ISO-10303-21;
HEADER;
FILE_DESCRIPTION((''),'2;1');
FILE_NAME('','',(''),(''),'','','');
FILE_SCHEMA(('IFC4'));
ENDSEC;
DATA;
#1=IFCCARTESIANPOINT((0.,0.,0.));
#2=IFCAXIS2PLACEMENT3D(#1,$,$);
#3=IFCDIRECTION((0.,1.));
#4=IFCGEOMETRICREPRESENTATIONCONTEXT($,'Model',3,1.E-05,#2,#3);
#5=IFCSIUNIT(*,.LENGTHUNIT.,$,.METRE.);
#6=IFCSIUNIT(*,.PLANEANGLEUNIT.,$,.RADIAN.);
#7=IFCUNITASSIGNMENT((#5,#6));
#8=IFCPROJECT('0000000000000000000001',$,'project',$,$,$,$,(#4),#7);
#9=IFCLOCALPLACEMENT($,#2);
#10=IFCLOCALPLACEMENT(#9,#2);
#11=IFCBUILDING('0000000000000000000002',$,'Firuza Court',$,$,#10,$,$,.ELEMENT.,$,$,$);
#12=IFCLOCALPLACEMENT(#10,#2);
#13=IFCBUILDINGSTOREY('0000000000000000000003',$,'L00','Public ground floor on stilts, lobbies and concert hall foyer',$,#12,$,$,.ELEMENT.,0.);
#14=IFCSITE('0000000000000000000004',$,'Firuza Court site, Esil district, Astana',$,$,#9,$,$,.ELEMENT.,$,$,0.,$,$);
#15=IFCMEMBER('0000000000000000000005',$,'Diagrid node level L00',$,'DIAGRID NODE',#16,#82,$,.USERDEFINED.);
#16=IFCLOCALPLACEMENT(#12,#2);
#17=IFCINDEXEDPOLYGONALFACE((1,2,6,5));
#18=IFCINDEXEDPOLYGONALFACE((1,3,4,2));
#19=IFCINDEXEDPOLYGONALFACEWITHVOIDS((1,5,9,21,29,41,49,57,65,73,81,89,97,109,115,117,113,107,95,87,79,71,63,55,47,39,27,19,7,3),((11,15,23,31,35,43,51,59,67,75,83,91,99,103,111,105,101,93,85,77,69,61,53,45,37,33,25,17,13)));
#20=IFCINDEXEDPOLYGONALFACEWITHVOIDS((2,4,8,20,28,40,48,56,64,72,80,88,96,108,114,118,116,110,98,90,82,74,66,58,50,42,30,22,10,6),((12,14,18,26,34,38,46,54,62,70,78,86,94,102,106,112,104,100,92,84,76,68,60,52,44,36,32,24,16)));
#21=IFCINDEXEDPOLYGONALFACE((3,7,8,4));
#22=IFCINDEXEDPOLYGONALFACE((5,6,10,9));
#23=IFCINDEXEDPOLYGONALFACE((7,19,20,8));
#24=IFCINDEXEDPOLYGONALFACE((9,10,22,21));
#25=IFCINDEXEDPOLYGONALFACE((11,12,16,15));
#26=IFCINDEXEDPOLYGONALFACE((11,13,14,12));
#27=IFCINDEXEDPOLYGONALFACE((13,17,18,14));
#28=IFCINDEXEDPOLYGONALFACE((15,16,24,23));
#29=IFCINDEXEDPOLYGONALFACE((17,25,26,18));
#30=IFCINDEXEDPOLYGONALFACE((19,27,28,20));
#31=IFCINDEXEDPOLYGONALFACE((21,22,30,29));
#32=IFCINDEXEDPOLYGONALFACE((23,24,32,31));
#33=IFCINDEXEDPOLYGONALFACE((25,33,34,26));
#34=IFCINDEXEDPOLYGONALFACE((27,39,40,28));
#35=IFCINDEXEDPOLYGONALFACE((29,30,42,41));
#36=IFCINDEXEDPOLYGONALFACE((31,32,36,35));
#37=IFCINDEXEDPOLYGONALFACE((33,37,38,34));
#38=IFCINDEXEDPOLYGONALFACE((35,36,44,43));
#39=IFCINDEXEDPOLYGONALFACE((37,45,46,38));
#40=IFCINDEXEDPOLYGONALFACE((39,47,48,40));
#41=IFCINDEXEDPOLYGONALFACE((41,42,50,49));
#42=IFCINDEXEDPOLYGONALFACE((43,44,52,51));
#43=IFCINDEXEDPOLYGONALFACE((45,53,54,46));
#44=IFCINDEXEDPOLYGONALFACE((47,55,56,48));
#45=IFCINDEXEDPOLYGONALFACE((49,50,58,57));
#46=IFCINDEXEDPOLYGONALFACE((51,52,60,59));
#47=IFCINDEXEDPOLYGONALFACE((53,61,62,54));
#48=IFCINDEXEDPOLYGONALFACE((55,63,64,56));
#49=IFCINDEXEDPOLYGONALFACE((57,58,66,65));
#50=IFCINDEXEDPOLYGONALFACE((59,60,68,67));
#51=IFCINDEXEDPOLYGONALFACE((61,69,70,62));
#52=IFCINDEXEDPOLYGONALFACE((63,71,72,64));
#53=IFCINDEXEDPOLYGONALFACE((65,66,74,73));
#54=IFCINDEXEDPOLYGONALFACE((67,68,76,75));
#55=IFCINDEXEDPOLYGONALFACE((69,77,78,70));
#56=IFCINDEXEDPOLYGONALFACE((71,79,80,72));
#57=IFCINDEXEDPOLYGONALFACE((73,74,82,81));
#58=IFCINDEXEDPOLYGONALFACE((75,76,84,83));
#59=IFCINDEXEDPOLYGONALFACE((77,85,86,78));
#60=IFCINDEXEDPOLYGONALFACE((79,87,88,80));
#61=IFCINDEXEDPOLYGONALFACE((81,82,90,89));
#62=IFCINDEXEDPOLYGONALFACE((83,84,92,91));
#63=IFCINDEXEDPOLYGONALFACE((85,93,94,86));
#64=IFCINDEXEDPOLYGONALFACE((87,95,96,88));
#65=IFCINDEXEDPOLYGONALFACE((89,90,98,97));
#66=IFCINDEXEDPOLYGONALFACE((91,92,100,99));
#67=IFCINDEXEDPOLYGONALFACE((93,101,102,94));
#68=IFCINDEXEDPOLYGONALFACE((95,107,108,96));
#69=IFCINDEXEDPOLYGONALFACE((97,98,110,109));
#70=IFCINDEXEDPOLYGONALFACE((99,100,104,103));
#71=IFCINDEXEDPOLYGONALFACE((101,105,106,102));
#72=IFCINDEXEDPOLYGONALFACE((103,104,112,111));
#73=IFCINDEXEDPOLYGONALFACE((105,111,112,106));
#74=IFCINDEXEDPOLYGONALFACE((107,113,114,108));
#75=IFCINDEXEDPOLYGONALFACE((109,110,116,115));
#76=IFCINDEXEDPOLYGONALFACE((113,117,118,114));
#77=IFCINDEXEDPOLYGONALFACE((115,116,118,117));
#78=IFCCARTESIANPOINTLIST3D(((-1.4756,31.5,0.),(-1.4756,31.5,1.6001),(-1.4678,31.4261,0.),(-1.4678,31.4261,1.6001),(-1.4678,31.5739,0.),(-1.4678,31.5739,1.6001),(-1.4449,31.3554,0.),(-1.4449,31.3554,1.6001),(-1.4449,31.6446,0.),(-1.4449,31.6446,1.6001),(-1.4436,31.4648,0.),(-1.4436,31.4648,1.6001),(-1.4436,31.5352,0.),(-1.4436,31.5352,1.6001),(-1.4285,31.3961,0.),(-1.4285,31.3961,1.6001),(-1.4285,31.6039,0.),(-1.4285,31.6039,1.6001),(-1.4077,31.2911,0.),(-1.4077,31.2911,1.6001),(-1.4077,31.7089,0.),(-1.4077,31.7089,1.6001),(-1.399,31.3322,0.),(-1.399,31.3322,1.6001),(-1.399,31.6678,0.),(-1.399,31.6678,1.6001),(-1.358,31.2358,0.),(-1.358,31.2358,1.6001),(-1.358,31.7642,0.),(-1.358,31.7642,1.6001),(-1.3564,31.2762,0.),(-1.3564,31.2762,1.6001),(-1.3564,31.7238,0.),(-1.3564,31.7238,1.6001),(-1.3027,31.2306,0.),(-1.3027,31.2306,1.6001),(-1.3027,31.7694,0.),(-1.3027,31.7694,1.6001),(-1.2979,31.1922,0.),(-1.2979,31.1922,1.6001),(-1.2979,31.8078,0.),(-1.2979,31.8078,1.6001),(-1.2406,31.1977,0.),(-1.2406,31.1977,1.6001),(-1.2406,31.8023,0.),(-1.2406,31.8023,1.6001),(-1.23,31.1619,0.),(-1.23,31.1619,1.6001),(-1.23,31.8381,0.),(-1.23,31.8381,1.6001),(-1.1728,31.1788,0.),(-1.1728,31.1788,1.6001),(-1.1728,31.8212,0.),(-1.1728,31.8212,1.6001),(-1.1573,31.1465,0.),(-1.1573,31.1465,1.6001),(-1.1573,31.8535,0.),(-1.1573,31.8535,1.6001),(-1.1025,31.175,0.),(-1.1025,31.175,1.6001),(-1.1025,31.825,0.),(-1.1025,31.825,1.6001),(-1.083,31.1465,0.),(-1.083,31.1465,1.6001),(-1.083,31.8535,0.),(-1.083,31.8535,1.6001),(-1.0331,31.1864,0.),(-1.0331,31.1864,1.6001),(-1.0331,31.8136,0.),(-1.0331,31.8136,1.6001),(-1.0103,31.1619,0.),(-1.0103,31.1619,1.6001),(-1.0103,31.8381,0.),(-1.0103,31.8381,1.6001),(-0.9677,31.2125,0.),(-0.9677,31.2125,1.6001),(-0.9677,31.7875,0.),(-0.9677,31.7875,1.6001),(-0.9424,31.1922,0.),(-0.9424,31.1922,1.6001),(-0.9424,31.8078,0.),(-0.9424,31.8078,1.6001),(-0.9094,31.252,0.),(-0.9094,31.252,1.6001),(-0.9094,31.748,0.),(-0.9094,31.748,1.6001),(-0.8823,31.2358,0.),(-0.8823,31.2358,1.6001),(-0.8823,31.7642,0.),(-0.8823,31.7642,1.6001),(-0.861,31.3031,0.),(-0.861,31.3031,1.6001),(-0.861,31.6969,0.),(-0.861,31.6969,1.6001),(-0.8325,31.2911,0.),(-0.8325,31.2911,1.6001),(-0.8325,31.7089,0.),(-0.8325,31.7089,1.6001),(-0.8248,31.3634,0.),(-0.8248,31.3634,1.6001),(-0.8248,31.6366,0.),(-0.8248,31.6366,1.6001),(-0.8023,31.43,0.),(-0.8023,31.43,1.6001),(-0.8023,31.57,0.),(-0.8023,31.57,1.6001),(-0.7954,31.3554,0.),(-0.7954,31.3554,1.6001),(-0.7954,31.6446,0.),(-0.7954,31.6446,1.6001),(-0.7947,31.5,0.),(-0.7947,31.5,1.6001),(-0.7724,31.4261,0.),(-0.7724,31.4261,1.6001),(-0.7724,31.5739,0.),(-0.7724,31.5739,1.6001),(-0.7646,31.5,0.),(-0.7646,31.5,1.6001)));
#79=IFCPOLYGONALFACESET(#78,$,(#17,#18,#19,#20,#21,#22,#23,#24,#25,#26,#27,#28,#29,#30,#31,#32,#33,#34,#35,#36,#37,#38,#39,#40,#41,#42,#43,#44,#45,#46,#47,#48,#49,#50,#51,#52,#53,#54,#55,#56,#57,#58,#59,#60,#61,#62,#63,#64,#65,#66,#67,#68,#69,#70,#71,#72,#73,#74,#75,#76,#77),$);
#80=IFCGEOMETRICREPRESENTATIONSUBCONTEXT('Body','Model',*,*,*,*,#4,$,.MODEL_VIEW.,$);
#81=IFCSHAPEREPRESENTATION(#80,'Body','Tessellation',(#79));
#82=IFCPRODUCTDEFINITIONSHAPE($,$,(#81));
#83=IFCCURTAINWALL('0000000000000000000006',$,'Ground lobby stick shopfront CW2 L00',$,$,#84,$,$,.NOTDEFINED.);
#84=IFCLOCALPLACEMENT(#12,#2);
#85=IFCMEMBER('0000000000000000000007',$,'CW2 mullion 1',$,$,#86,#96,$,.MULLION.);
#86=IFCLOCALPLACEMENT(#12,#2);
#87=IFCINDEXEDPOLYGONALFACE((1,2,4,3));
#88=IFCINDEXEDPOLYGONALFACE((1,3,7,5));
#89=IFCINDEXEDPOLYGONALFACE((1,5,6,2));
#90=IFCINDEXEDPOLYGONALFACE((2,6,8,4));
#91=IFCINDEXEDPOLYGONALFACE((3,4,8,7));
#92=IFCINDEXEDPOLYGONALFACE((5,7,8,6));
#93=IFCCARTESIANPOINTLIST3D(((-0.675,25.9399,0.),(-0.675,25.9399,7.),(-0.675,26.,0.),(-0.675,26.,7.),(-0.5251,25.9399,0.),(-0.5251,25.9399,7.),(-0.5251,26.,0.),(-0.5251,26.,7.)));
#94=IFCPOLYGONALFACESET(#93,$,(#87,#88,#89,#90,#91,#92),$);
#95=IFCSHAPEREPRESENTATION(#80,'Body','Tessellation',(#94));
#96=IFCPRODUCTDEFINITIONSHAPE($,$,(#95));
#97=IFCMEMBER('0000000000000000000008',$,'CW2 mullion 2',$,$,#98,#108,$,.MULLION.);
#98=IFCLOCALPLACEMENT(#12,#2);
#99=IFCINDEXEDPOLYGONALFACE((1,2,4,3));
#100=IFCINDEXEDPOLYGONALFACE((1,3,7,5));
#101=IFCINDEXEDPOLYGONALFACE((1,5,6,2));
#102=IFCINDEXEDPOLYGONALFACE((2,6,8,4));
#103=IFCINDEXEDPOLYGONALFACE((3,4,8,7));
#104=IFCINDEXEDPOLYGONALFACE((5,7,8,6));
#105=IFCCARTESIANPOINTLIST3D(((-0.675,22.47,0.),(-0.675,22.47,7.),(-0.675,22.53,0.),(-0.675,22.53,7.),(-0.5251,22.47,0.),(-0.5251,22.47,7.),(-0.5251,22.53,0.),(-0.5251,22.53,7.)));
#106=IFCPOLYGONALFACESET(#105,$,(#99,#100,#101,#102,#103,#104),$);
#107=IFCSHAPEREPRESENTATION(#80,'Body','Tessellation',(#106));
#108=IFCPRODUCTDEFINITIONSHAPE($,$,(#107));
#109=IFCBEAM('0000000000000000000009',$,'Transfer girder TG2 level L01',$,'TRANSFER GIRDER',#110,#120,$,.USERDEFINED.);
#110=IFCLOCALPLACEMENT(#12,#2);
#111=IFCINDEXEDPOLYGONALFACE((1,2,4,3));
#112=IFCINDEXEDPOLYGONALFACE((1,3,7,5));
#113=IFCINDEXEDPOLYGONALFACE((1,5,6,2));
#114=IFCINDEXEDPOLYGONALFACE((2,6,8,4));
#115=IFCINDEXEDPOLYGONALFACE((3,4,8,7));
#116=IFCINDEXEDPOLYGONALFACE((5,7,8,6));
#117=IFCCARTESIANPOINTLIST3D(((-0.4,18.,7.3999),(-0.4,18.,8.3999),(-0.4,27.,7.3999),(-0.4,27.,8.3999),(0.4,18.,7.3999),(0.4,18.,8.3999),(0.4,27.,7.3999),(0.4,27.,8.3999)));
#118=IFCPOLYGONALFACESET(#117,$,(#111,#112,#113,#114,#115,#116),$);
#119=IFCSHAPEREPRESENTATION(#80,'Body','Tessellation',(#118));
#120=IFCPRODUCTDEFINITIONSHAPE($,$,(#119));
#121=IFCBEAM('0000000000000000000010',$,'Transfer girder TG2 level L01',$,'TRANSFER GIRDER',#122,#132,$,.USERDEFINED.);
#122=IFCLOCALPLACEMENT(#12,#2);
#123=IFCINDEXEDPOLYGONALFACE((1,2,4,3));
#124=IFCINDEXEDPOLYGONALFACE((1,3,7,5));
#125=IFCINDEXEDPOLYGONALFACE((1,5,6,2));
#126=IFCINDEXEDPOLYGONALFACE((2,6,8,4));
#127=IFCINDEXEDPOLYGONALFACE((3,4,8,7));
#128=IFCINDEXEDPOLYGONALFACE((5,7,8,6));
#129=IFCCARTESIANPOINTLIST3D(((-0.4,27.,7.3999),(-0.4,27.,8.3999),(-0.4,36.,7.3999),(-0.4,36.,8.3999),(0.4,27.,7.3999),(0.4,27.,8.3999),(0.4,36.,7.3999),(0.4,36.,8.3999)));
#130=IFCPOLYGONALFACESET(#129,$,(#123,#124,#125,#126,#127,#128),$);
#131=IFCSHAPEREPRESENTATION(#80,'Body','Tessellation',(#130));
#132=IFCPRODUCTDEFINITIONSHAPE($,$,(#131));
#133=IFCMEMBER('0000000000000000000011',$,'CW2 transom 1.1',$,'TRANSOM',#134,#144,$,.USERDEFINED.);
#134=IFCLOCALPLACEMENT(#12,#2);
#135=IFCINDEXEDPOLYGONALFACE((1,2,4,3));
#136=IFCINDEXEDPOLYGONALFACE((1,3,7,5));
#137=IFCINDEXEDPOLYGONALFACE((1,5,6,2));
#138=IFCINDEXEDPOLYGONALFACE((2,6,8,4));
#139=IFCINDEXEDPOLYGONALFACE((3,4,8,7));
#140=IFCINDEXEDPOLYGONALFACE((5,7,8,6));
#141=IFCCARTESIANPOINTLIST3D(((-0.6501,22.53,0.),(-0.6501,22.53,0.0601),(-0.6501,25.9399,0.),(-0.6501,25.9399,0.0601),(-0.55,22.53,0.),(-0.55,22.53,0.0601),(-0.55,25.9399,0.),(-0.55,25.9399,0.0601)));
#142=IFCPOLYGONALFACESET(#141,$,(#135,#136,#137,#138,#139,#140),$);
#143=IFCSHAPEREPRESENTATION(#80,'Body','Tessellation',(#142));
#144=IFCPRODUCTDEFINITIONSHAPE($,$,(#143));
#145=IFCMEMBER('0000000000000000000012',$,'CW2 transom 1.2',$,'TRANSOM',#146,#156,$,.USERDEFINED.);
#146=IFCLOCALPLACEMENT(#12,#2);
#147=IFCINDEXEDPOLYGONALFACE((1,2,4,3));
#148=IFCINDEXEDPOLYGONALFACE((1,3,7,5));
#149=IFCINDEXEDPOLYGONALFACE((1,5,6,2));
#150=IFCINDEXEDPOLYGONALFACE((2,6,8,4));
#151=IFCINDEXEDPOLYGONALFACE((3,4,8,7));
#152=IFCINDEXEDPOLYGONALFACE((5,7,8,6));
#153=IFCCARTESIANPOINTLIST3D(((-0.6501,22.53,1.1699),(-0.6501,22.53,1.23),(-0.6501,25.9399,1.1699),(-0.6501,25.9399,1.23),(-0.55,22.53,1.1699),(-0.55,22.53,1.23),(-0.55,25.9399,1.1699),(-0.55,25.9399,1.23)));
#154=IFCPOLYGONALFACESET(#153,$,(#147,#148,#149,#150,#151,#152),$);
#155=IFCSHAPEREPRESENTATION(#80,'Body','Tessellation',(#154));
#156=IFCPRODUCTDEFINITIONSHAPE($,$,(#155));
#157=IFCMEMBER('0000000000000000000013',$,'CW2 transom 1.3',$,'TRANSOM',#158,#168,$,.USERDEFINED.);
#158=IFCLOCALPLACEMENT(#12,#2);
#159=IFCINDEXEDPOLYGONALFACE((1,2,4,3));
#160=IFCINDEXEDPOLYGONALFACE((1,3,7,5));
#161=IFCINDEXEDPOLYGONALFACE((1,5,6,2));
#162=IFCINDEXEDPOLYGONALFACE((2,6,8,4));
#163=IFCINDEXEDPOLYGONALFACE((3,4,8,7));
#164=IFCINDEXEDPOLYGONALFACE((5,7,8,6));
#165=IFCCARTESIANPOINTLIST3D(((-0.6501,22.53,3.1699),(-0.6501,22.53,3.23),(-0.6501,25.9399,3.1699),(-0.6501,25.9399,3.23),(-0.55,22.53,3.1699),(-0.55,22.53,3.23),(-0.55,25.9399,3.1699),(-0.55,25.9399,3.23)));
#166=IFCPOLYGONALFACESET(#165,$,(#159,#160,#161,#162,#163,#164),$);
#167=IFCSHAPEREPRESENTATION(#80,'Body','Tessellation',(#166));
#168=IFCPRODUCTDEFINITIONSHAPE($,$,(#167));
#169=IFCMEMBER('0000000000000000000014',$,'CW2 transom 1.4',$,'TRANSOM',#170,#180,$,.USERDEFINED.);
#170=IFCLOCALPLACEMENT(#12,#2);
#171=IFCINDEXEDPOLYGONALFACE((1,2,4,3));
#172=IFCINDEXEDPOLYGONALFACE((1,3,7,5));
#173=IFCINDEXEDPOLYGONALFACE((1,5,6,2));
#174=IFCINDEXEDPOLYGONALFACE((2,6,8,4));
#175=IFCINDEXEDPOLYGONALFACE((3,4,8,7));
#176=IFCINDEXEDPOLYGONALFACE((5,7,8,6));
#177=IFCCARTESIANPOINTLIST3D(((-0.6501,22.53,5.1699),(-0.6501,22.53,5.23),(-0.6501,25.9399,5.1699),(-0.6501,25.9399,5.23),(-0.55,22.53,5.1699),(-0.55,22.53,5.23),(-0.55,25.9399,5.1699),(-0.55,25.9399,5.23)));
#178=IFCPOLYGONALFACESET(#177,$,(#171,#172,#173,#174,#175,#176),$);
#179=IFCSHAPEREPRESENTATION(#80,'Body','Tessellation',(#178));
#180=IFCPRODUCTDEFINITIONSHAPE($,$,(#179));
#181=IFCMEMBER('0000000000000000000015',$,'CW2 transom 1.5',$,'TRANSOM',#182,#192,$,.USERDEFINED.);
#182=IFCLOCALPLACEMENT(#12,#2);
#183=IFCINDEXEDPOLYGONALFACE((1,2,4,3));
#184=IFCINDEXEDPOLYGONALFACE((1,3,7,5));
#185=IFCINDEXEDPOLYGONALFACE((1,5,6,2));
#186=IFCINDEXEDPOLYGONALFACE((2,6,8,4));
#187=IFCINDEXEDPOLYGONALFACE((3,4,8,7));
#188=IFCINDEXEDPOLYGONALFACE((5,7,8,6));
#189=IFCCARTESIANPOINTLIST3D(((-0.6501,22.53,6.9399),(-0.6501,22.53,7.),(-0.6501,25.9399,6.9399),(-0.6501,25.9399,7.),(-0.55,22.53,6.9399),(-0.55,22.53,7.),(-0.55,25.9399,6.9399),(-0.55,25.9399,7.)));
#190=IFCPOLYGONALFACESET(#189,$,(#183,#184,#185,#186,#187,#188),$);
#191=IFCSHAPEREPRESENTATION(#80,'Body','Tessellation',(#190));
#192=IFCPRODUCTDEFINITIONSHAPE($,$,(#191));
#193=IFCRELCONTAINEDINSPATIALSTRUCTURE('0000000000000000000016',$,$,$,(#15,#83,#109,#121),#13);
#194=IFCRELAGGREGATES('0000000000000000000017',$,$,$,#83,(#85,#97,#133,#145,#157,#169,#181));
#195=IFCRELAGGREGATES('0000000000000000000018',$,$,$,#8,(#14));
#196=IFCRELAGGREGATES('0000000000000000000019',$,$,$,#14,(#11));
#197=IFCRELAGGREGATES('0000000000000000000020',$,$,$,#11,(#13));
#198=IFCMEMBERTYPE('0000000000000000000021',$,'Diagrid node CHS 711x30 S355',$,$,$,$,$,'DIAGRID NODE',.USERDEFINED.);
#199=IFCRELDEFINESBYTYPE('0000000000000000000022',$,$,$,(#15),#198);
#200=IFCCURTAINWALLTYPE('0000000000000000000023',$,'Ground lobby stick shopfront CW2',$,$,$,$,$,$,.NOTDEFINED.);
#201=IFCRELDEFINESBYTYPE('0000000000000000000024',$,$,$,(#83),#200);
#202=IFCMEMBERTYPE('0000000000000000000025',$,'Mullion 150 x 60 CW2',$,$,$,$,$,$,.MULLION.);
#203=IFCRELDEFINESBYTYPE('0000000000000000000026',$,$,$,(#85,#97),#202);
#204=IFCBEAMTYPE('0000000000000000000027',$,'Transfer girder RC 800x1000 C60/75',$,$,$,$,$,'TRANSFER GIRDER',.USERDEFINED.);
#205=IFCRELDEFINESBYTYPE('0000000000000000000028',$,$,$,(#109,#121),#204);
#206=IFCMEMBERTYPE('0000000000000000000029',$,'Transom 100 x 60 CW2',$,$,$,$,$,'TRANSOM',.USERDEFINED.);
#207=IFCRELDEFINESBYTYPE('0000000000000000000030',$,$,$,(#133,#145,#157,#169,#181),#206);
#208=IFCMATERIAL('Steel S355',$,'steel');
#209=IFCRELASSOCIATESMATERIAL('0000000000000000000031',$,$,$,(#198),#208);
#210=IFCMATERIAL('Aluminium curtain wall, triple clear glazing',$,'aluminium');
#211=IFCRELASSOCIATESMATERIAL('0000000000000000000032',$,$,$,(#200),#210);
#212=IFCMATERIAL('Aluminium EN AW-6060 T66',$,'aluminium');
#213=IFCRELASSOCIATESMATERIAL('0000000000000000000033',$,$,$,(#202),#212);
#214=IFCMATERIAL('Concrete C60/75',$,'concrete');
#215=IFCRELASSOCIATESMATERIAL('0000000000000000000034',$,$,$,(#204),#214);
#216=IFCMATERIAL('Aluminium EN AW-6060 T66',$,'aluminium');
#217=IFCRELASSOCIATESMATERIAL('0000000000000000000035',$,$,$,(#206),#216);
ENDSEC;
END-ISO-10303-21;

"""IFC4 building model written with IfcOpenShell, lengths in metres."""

from ifc_helpers import new_model, si_unit, direction, frame, origin, origin_2d, place, context, subcontext, project, spatial, rectangle, hollow_circle, extrude, material, material_profile, profile_set, type_object, element, aggregate, save


model = new_model("IFC4")

# Units and contexts
model_context = context("Model", 3, precision=1e-05, world=origin(), true_north=direction((0.0, 1.0)))
body_context = subcontext(model_context, "Body", "Model", "MODEL_VIEW")
ifc_project = project(units=[si_unit("LENGTHUNIT", "METRE"), si_unit("PLANEANGLEUNIT", "RADIAN")], contexts=[model_context])

# Site, building, storey
site_placement = place(None, origin())
site = spatial("IfcSite", under=ifc_project, at=site_placement, Name="Firuza Court site, Esil district, Astana", CompositionType="ELEMENT", RefElevation=0.0)
building_placement = place(site_placement, origin())
building = spatial("IfcBuilding", under=site, at=building_placement, Name="Firuza Court", CompositionType="ELEMENT")
storey_placement = place(building_placement, origin())
storey = spatial("IfcBuildingStorey", under=building, at=storey_placement, Name="L00", Description="Public ground floor on stilts, lobbies and concert hall foyer", CompositionType="ELEMENT", Elevation=0.0)

# Member
ifc_material_1 = material(Name="Steel S355", Category="steel")
ifc_material_profile_1 = material_profile(ifc_material_1, hollow_circle(Radius=0.3555, WallThickness=0.03, at=origin_2d()), Name="CHS 711x30")
ifc_profile_set_1 = profile_set([ifc_material_profile_1], Name="Steel S355")
member_type_1 = type_object("IfcMemberType", Name="Diagrid node CHS 711x30 S355", ElementType="DIAGRID NODE", PredefinedType="USERDEFINED", material=ifc_profile_set_1)
member_1_placement = place(storey_placement, frame((-1.1201, 31.5, 0.0), z_axis=(0.0, 0.0, 1.0), x_axis=(1.0, 0.0, 0.0)))
element("IfcMember", 1, at=member_1_placement, inside=storey, type_object=member_type_1, Name="Diagrid node level L00", ObjectType="DIAGRID NODE", PredefinedType="USERDEFINED", context=body_context, shape_type="SweptSolid", body=[
    extrude(hollow_circle(Radius=0.3555, WallThickness=0.03, at=origin_2d()), origin(), (0.0, 0.0, 1.0), 1.6001),
])

# Curtain wall, members
ifc_material_2 = material(Name="Aluminium curtain wall, triple clear glazing", Category="aluminium")
curtain_wall_type = type_object("IfcCurtainWallType", Name="Ground lobby stick shopfront CW2", PredefinedType="NOTDEFINED", material=ifc_material_2)
curtain_wall_placement = place(storey_placement, origin())
curtain_wall = element("IfcCurtainWall", 2, at=curtain_wall_placement, inside=storey, type_object=curtain_wall_type, Name="Ground lobby stick shopfront CW2 L00", PredefinedType="NOTDEFINED")
ifc_material_3 = material(Name="Aluminium EN AW-6060 T66", Category="aluminium")
ifc_material_profile_2 = material_profile(ifc_material_3, rectangle(XDim=0.1499, YDim=0.0601, at=origin_2d()), Name="Mullion 150 x 60 CW2")
ifc_profile_set_2 = profile_set([ifc_material_profile_2], Name="Aluminium EN AW-6060 T66")
member_type_2 = type_object("IfcMemberType", Name="Mullion 150 x 60 CW2", PredefinedType="MULLION", material=ifc_profile_set_2)
member_2_placement = place(storey_placement, frame((-0.6001, 25.97, 0.0), z_axis=(0.0, 0.0, 1.0), x_axis=(1.0, 0.0, 0.0)))
member_2 = element("IfcMember", 3, at=member_2_placement, type_object=member_type_2, Name="CW2 mullion 1", PredefinedType="MULLION", context=body_context, shape_type="SweptSolid", body=[
    extrude(rectangle(XDim=0.1499, YDim=0.0601, at=origin_2d()), origin(), (0.0, 0.0, 1.0), 7.0),
])
member_3_placement = place(storey_placement, frame((-0.6001, 22.5, 0.0), z_axis=(0.0, 0.0, 1.0), x_axis=(1.0, 0.0, 0.0)))
member_3 = element("IfcMember", 4, at=member_3_placement, type_object=member_type_2, Name="CW2 mullion 2", PredefinedType="MULLION", context=body_context, shape_type="SweptSolid", body=[
    extrude(rectangle(XDim=0.1499, YDim=0.0601, at=origin_2d()), origin(), (0.0, 0.0, 1.0), 7.0),
])

# Beams
ifc_material_4 = material(Name="Concrete C60/75", Category="concrete")
ifc_material_profile_3 = material_profile(ifc_material_4, rectangle(XDim=0.8, YDim=1.0, at=origin_2d()), Name="RC 800x1000")
ifc_profile_set_3 = profile_set([ifc_material_profile_3], Name="Concrete C60/75")
beam_type_1 = type_object("IfcBeamType", Name="Transfer girder RC 800x1000 C60/75", ElementType="TRANSFER GIRDER", PredefinedType="USERDEFINED", material=ifc_profile_set_3)
for number, where, z_axis, x_axis, name in (
    (5, (0.0, 27.0, 7.8999), (0.0, -1.0, 0.0), (1.0, 0.0, 0.0), "Transfer girder TG2 level L01"),
    (6, (0.0, 36.0, 7.8999), (0.0, -1.0, 0.0), (1.0, 0.0, 0.0), "Transfer girder TG2 level L01"),
):
    element("IfcBeam", number, at=place(storey_placement, frame(where, z_axis=z_axis, x_axis=x_axis)), inside=storey, type_object=beam_type_1, Name=name, ObjectType="TRANSFER GIRDER", PredefinedType="USERDEFINED", context=body_context, shape_type="SweptSolid", body=[
        extrude(rectangle(XDim=0.8, YDim=1.0, at=origin_2d()), origin(), (0.0, 0.0, 1.0), 9.0),
    ])

# Members
ifc_material_5 = material(Name="Aluminium EN AW-6060 T66", Category="aluminium")
ifc_material_profile_4 = material_profile(ifc_material_5, rectangle(XDim=0.1001, YDim=0.0601, at=origin_2d()), Name="Transom 100 x 60 CW2")
ifc_profile_set_4 = profile_set([ifc_material_profile_4], Name="Aluminium EN AW-6060 T66")
member_type_3 = type_object("IfcMemberType", Name="Transom 100 x 60 CW2", ElementType="TRANSOM", PredefinedType="USERDEFINED", material=ifc_profile_set_4)
member_4_placement = place(storey_placement, frame((-0.6001, 25.9399, 0.03), z_axis=(0.0, -1.0, 0.0), x_axis=(1.0, 0.0, 0.0)))
member_4 = element("IfcMember", 7, at=member_4_placement, type_object=member_type_3, Name="CW2 transom 1.1", ObjectType="TRANSOM", PredefinedType="USERDEFINED", context=body_context, shape_type="SweptSolid", body=[
    extrude(rectangle(XDim=0.1001, YDim=0.0601, at=origin_2d()), origin(), (0.0, 0.0, 1.0), 3.4099),
])
member_5_placement = place(storey_placement, frame((-0.6001, 25.9399, 1.2), z_axis=(0.0, -1.0, 0.0), x_axis=(1.0, 0.0, 0.0)))
member_5 = element("IfcMember", 8, at=member_5_placement, type_object=member_type_3, Name="CW2 transom 1.2", ObjectType="TRANSOM", PredefinedType="USERDEFINED", context=body_context, shape_type="SweptSolid", body=[
    extrude(rectangle(XDim=0.1001, YDim=0.0601, at=origin_2d()), origin(), (0.0, 0.0, 1.0), 3.4099),
])
member_6_placement = place(storey_placement, frame((-0.6001, 25.9399, 3.2), z_axis=(0.0, -1.0, 0.0), x_axis=(1.0, 0.0, 0.0)))
member_6 = element("IfcMember", 9, at=member_6_placement, type_object=member_type_3, Name="CW2 transom 1.3", ObjectType="TRANSOM", PredefinedType="USERDEFINED", context=body_context, shape_type="SweptSolid", body=[
    extrude(rectangle(XDim=0.1001, YDim=0.0601, at=origin_2d()), origin(), (0.0, 0.0, 1.0), 3.4099),
])
member_7_placement = place(storey_placement, frame((-0.6001, 25.9399, 5.2), z_axis=(0.0, -1.0, 0.0), x_axis=(1.0, 0.0, 0.0)))
member_7 = element("IfcMember", 10, at=member_7_placement, type_object=member_type_3, Name="CW2 transom 1.4", ObjectType="TRANSOM", PredefinedType="USERDEFINED", context=body_context, shape_type="SweptSolid", body=[
    extrude(rectangle(XDim=0.1001, YDim=0.0601, at=origin_2d()), origin(), (0.0, 0.0, 1.0), 3.4099),
])
member_8_placement = place(storey_placement, frame((-0.6001, 25.9399, 6.97), z_axis=(0.0, -1.0, 0.0), x_axis=(1.0, 0.0, 0.0)))
member_8 = element("IfcMember", 11, at=member_8_placement, type_object=member_type_3, Name="CW2 transom 1.5", ObjectType="TRANSOM", PredefinedType="USERDEFINED", context=body_context, shape_type="SweptSolid", body=[
    extrude(rectangle(XDim=0.1001, YDim=0.0601, at=origin_2d()), origin(), (0.0, 0.0, 1.0), 3.4099),
])

aggregate(curtain_wall, [member_2, member_3, member_4, member_5, member_6, member_7, member_8])

save(model, "model.ifc")
